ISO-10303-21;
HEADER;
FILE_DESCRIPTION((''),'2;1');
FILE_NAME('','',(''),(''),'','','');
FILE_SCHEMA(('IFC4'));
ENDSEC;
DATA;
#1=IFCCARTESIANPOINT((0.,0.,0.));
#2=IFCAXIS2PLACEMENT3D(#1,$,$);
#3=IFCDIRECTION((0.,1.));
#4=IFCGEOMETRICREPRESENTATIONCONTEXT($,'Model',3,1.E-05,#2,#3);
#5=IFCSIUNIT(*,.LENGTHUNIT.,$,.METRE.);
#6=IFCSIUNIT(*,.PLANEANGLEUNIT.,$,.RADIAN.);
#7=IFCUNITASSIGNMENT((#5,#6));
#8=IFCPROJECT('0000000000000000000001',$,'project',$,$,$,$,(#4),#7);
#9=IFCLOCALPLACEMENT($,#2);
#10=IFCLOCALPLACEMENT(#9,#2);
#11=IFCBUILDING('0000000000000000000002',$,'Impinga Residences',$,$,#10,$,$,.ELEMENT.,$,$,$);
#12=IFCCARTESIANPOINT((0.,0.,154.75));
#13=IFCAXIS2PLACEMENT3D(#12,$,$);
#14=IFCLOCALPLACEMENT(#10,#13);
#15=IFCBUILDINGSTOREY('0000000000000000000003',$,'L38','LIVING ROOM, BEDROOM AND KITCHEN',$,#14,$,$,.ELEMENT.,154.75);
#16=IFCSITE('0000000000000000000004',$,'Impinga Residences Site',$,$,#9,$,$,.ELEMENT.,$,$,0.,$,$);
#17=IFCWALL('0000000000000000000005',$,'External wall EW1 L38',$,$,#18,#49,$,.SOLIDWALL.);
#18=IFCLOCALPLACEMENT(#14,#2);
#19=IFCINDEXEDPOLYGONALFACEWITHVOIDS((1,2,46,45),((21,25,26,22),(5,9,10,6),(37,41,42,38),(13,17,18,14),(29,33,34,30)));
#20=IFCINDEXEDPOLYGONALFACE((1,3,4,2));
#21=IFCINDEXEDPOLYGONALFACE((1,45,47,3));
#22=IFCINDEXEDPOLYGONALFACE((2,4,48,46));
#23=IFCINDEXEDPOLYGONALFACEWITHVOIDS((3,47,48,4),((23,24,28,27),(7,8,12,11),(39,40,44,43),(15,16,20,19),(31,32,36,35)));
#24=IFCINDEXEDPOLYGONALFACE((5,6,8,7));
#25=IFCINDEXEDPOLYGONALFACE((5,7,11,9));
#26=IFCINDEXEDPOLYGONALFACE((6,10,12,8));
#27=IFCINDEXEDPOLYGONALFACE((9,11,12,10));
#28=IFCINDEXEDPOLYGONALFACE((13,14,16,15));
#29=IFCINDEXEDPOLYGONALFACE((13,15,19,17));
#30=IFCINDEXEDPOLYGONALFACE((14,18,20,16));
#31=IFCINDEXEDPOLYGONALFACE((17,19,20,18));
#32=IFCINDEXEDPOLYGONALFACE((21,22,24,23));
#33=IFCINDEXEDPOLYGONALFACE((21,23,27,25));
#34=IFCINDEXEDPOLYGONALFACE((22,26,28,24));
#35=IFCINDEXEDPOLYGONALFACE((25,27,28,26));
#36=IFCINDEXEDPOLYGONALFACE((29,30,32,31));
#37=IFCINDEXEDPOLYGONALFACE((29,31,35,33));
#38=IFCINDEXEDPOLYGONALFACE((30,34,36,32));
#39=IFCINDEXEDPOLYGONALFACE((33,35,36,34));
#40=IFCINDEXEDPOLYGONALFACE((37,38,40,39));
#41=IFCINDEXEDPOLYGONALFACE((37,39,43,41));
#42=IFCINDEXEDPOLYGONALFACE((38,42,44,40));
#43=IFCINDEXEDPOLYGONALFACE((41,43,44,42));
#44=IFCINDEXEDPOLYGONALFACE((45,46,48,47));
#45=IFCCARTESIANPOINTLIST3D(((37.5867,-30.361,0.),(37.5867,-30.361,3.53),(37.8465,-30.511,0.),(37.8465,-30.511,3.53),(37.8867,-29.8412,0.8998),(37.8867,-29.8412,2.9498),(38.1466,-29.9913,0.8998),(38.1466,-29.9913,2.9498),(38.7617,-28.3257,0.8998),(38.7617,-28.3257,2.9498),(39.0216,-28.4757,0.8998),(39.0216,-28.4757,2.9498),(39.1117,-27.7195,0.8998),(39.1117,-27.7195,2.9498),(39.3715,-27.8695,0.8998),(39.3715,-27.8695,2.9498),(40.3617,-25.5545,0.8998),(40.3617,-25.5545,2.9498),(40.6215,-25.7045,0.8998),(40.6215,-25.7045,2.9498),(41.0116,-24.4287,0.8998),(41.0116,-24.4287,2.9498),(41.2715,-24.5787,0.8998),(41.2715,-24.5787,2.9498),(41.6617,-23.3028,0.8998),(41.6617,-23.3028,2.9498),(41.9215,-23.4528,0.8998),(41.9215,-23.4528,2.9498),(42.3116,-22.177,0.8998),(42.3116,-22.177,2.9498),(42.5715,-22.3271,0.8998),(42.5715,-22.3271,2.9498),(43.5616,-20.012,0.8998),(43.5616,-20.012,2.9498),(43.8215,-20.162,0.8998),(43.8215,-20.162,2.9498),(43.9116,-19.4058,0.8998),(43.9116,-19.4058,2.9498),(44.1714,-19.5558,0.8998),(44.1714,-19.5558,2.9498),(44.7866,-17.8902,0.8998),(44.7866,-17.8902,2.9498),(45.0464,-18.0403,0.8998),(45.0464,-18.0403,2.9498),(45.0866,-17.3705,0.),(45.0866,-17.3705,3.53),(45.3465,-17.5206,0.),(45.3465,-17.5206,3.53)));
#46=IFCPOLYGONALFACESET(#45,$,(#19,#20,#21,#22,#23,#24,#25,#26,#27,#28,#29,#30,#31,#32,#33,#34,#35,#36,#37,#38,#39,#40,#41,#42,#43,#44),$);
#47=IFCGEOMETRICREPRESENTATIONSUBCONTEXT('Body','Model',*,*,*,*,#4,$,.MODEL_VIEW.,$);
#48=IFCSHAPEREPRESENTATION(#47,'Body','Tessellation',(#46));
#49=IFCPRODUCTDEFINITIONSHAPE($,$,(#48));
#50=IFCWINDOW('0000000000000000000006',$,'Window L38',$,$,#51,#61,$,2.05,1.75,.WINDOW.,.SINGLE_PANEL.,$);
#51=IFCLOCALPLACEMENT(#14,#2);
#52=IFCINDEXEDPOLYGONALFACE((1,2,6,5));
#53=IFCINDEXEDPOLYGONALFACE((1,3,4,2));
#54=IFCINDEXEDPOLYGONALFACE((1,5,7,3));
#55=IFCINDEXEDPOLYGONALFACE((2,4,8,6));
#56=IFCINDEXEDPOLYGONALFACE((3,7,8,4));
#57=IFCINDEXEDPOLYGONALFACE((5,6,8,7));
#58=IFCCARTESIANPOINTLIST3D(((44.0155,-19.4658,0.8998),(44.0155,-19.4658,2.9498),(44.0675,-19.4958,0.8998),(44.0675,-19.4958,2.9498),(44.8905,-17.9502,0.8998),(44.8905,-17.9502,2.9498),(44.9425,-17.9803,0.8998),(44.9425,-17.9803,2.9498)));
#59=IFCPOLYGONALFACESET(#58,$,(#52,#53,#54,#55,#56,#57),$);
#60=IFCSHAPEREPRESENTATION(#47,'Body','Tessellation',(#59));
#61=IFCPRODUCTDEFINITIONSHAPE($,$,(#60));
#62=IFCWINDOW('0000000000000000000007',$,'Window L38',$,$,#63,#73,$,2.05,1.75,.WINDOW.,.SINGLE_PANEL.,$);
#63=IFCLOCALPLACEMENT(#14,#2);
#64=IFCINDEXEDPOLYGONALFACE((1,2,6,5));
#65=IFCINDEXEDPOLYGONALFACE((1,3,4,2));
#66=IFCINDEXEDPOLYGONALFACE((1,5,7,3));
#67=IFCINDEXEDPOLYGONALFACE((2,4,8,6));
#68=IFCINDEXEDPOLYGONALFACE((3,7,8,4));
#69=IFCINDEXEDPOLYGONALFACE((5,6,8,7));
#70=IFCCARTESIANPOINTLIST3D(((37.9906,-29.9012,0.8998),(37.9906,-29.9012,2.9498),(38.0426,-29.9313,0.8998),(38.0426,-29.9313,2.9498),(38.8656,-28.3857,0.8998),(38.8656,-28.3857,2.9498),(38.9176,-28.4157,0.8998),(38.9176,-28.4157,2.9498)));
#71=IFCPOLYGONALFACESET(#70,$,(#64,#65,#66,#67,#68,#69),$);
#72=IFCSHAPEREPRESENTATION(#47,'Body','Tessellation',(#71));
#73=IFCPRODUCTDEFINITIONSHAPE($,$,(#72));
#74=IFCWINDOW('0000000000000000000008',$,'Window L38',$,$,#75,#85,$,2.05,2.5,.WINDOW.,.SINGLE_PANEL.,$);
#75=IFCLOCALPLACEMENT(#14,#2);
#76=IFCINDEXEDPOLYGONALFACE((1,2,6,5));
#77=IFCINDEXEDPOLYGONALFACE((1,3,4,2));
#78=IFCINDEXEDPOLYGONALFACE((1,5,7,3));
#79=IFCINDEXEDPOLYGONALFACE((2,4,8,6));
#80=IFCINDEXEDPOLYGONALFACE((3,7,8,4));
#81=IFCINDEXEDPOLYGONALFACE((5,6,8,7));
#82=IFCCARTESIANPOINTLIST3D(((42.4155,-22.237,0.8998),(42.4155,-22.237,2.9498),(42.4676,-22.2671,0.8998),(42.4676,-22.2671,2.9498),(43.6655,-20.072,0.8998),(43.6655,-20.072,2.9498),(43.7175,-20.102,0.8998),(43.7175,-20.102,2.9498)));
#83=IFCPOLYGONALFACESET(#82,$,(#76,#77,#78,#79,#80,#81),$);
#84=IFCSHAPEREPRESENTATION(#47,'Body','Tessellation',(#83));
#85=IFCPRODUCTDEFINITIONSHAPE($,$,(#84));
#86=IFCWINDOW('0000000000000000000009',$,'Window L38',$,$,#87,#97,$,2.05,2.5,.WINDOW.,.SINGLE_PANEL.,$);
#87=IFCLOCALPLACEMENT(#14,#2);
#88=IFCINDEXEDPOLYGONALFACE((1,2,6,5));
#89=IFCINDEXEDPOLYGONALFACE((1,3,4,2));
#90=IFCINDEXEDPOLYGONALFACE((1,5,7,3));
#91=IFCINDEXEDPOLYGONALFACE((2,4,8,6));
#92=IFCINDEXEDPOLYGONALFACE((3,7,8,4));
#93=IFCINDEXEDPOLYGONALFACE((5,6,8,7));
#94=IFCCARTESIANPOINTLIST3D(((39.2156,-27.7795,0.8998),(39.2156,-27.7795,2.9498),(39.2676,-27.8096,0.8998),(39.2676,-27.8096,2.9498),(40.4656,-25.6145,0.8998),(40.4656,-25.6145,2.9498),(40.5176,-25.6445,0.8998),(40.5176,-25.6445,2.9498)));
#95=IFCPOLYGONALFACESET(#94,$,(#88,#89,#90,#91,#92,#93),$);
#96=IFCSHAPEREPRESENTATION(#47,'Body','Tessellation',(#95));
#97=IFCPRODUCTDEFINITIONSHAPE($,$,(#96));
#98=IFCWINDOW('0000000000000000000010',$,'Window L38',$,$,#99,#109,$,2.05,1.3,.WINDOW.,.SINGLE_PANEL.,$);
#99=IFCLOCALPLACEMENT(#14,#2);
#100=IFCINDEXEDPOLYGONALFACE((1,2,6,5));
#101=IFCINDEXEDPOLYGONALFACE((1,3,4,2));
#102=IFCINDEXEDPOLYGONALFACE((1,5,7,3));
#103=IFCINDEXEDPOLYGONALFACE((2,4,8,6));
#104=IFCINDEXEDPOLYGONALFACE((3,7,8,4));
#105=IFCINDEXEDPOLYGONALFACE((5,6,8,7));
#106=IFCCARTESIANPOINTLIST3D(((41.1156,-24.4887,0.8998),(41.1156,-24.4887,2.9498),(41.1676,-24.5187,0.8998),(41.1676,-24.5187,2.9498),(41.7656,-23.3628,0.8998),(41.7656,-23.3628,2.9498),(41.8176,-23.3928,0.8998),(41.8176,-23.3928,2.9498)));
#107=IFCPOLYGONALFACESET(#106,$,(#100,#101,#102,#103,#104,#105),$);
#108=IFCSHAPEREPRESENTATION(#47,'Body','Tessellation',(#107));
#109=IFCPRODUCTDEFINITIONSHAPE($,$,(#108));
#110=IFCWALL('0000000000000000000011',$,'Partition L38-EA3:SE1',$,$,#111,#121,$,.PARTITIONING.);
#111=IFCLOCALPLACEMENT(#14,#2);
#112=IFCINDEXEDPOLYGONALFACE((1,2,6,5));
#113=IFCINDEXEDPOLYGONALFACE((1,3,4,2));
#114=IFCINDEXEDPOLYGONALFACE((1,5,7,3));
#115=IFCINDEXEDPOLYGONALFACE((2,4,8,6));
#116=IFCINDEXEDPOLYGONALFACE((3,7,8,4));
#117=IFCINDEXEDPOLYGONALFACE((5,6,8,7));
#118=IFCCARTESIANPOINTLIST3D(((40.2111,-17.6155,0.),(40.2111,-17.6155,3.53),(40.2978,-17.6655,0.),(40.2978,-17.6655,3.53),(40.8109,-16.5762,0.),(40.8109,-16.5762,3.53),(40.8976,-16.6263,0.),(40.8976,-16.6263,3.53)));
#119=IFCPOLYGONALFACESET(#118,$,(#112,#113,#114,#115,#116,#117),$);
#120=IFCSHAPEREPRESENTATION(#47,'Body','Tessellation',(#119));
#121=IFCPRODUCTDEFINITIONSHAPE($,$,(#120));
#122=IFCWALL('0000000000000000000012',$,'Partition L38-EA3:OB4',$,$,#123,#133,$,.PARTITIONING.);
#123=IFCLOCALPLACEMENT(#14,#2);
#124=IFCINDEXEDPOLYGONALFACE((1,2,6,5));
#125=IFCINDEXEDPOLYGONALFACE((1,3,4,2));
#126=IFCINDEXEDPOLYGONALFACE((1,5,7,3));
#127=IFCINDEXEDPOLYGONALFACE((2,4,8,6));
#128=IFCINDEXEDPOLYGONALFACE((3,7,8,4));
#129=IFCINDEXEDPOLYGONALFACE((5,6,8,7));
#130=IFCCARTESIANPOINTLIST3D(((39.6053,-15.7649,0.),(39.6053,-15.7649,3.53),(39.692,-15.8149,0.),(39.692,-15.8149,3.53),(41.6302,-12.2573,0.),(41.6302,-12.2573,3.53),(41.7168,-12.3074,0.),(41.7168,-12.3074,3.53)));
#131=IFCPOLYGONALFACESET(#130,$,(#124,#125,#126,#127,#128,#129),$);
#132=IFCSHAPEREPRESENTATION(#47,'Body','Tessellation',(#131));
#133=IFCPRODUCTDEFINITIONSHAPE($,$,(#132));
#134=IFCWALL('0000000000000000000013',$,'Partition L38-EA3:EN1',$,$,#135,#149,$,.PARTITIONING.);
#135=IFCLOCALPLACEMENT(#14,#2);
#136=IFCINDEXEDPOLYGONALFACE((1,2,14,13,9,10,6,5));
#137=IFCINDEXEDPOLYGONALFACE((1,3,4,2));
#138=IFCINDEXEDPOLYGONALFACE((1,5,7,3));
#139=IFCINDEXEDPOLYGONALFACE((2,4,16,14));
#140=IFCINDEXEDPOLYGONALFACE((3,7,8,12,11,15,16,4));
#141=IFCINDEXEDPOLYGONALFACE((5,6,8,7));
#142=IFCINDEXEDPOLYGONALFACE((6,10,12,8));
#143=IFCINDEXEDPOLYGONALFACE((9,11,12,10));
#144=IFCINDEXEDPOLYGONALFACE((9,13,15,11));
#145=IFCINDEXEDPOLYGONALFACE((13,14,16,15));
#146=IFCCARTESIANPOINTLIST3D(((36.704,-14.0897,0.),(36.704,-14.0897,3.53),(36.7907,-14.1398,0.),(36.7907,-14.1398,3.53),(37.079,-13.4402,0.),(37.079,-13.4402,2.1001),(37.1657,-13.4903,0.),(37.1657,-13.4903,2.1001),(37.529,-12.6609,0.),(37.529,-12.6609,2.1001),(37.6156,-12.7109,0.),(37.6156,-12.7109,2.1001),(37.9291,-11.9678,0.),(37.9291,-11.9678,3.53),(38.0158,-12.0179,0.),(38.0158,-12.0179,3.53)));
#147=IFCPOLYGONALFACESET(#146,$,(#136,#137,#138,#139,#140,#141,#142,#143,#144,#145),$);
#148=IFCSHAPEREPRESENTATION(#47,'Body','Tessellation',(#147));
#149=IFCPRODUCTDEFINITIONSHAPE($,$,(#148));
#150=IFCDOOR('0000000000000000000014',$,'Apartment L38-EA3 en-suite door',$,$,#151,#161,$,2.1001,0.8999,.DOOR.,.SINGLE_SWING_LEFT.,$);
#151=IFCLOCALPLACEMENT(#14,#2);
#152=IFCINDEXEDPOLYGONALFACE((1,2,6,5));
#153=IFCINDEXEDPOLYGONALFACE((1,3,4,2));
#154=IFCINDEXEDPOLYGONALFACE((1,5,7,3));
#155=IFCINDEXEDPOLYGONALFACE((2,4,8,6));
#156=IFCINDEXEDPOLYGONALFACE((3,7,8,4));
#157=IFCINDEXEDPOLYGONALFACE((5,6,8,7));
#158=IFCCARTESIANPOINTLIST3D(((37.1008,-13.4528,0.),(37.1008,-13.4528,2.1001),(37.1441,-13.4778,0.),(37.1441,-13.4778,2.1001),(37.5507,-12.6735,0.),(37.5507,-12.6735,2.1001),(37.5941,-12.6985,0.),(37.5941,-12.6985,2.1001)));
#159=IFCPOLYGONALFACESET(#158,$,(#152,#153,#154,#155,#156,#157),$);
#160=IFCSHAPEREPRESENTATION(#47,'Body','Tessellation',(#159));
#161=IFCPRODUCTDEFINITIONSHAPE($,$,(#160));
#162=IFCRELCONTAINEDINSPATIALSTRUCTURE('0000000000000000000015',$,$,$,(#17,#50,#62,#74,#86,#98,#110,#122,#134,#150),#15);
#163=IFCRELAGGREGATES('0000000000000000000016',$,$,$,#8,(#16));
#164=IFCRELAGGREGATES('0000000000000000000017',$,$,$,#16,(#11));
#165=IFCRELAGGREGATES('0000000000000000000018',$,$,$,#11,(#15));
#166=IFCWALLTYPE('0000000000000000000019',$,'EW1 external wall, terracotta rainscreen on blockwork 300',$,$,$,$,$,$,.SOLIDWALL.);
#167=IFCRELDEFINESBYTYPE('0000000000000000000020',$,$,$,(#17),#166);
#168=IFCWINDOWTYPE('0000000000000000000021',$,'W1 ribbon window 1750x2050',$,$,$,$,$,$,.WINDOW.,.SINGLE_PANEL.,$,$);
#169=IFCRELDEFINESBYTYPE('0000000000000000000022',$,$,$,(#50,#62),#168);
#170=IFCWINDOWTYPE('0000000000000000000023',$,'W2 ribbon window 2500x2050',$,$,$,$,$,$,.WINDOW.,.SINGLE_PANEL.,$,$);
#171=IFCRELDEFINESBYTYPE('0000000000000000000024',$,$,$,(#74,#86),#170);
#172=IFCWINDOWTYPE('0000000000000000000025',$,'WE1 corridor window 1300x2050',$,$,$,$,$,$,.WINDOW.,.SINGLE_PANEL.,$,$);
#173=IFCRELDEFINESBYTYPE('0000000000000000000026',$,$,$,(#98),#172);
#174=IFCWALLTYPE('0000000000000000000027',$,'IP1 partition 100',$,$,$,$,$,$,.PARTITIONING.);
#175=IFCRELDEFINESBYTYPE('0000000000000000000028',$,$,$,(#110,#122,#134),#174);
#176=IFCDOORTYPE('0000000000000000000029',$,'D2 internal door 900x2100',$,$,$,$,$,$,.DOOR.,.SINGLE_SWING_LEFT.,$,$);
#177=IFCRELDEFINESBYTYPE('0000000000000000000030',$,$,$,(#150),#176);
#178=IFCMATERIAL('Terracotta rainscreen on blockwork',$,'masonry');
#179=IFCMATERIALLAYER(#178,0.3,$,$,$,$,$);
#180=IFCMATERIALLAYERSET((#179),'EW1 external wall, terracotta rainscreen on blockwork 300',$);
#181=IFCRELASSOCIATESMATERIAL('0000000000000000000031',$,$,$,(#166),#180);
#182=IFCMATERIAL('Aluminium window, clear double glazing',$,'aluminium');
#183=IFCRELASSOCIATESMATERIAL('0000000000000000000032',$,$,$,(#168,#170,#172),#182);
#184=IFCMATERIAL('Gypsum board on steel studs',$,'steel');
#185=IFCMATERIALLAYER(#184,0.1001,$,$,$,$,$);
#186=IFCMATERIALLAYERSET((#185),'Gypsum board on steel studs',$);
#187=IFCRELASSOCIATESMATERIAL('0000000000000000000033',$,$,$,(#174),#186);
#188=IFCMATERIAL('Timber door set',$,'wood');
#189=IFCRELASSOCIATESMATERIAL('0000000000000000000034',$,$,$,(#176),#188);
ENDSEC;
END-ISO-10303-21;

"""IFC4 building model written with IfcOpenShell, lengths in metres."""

from ifc_helpers import new_model, si_unit, direction, frame, frame_2d, origin, place, context, subcontext, project, spatial, rectangle, extrude, material, layer, layer_set, type_object, element, fill, save


model = new_model("IFC4")

# Units and contexts
model_context = context("Model", 3, precision=1e-05, world=origin(), true_north=direction((0.0, 1.0)))
body_context = subcontext(model_context, "Body", "Model", "MODEL_VIEW")
ifc_project = project(units=[si_unit("LENGTHUNIT", "METRE"), si_unit("PLANEANGLEUNIT", "RADIAN")], contexts=[model_context])

# Site, building, storey
site_placement = place(None, origin())
site = spatial("IfcSite", under=ifc_project, at=site_placement, Name="Impinga Residences Site", CompositionType="ELEMENT", RefElevation=0.0)
building_placement = place(site_placement, origin())
building = spatial("IfcBuilding", under=site, at=building_placement, Name="Impinga Residences", CompositionType="ELEMENT")
storey_placement = place(building_placement, frame((0.0, 0.0, 154.75)))
storey = spatial("IfcBuildingStorey", under=building, at=storey_placement, Name="L38", Description="LIVING ROOM, BEDROOM AND KITCHEN", CompositionType="ELEMENT", Elevation=154.75)

# Shared definitions
ifc_material_1 = material(Name="Terracotta rainscreen on blockwork", Category="masonry")
ifc_layer_1 = layer(ifc_material_1, 0.3)
ifc_layer_set_1 = layer_set([ifc_layer_1], Name="EW1 external wall, terracotta rainscreen on blockwork 300")
wall_type_1 = type_object("IfcWallType", Name="EW1 external wall, terracotta rainscreen on blockwork 300", PredefinedType="SOLIDWALL", material=ifc_layer_set_1)

# Wall, openings, windows
wall_1_placement = place(storey_placement, frame((45.2166, -17.4456, 0.0), z_axis=(0.0, 0.0, 1.0), x_axis=(-0.499997, -0.866027, 0.0)))
wall_1 = element("IfcWall", 1, at=wall_1_placement, inside=storey, type_object=wall_type_1, Name="External wall EW1 L38", PredefinedType="SOLIDWALL", context=body_context, shape_type="SweptSolid", body=[
    extrude(rectangle(XDim=15.0, YDim=0.3, at=frame_2d((7.5, 0.0))), origin(), (0.0, 0.0, 1.0), 3.53),
])
opening_1_placement = place(wall_1_placement, frame((0.6001, 0.0, 0.8999)))
opening_1 = element("IfcOpeningElement", 2, at=opening_1_placement, cuts=wall_1, PredefinedType="OPENING", context=body_context, shape_type="SweptSolid", body=[
    extrude(rectangle(XDim=1.75, YDim=2.05, at=frame_2d((0.875, 1.0249))), frame((0.0, 0.1599, 0.0), z_axis=(0.0, -1.0, 0.0), x_axis=(1.0, 0.0, 0.0)), (0.0, 0.0, 1.0), 0.3201),
])
opening_2_placement = place(wall_1_placement, frame((3.05, 0.0, 0.8999)))
opening_2 = element("IfcOpeningElement", 3, at=opening_2_placement, cuts=wall_1, PredefinedType="OPENING", context=body_context, shape_type="SweptSolid", body=[
    extrude(rectangle(XDim=2.5, YDim=2.05, at=frame_2d((1.25, 1.0249))), frame((0.0, 0.1599, 0.0), z_axis=(0.0, -1.0, 0.0), x_axis=(1.0, 0.0, 0.0)), (0.0, 0.0, 1.0), 0.3201),
])
opening_3_placement = place(wall_1_placement, frame((6.8501, 0.0, 0.8999)))
opening_3 = element("IfcOpeningElement", 4, at=opening_3_placement, cuts=wall_1, PredefinedType="OPENING", context=body_context, shape_type="SweptSolid", body=[
    extrude(rectangle(XDim=1.3, YDim=2.05, at=frame_2d((0.6499, 1.0249))), frame((0.0, 0.1599, 0.0), z_axis=(0.0, -1.0, 0.0), x_axis=(1.0, 0.0, 0.0)), (0.0, 0.0, 1.0), 0.3201),
])
opening_4_placement = place(wall_1_placement, frame((9.45, 0.0, 0.8999)))
opening_4 = element("IfcOpeningElement", 5, at=opening_4_placement, cuts=wall_1, PredefinedType="OPENING", context=body_context, shape_type="SweptSolid", body=[
    extrude(rectangle(XDim=2.5, YDim=2.05, at=frame_2d((1.25, 1.0249))), frame((0.0, 0.1599, 0.0), z_axis=(0.0, -1.0, 0.0), x_axis=(1.0, 0.0, 0.0)), (0.0, 0.0, 1.0), 0.3201),
])
opening_5_placement = place(wall_1_placement, frame((12.6499, 0.0, 0.8999)))
opening_5 = element("IfcOpeningElement", 6, at=opening_5_placement, cuts=wall_1, PredefinedType="OPENING", context=body_context, shape_type="SweptSolid", body=[
    extrude(rectangle(XDim=1.75, YDim=2.05, at=frame_2d((0.875, 1.0249))), frame((0.0, 0.1599, 0.0), z_axis=(0.0, -1.0, 0.0), x_axis=(1.0, 0.0, 0.0)), (0.0, 0.0, 1.0), 0.3201),
])
ifc_material_2 = material(Name="Aluminium window, clear double glazing", Category="aluminium")
window_type_1 = type_object("IfcWindowType", Name="W1 ribbon window 1750x2050", PartitioningType="SINGLE_PANEL", PredefinedType="WINDOW", material=ifc_material_2)
window_1_placement = place(opening_1_placement, origin())
window_1 = element("IfcWindow", 7, at=window_1_placement, inside=storey, type_object=window_type_1, Name="Window L38", OverallHeight=2.05, OverallWidth=1.75, PartitioningType="SINGLE_PANEL", PredefinedType="WINDOW", context=body_context, shape_type="SweptSolid", body=[
    extrude(rectangle(XDim=1.75, YDim=2.05, at=frame_2d((0.875, 1.0249))), frame((0.0, 0.03, 0.0), z_axis=(0.0, -1.0, 0.0), x_axis=(1.0, 0.0, 0.0)), (0.0, 0.0, 1.0), 0.0601),
])
fill(opening_1, window_1)
window_2_placement = place(opening_5_placement, origin())
window_2 = element("IfcWindow", 8, at=window_2_placement, inside=storey, type_object=window_type_1, Name="Window L38", OverallHeight=2.05, OverallWidth=1.75, PartitioningType="SINGLE_PANEL", PredefinedType="WINDOW", context=body_context, shape_type="SweptSolid", body=[
    extrude(rectangle(XDim=1.75, YDim=2.05, at=frame_2d((0.875, 1.0249))), frame((0.0, 0.03, 0.0), z_axis=(0.0, -1.0, 0.0), x_axis=(1.0, 0.0, 0.0)), (0.0, 0.0, 1.0), 0.0601),
])
fill(opening_5, window_2)
window_type_2 = type_object("IfcWindowType", Name="W2 ribbon window 2500x2050", PartitioningType="SINGLE_PANEL", PredefinedType="WINDOW", material=ifc_material_2)
window_3_placement = place(opening_2_placement, origin())
window_3 = element("IfcWindow", 9, at=window_3_placement, inside=storey, type_object=window_type_2, Name="Window L38", OverallHeight=2.05, OverallWidth=2.5, PartitioningType="SINGLE_PANEL", PredefinedType="WINDOW", context=body_context, shape_type="SweptSolid", body=[
    extrude(rectangle(XDim=2.5, YDim=2.05, at=frame_2d((1.25, 1.0249))), frame((0.0, 0.03, 0.0), z_axis=(0.0, -1.0, 0.0), x_axis=(1.0, 0.0, 0.0)), (0.0, 0.0, 1.0), 0.0601),
])
fill(opening_2, window_3)
window_4_placement = place(opening_4_placement, origin())
window_4 = element("IfcWindow", 10, at=window_4_placement, inside=storey, type_object=window_type_2, Name="Window L38", OverallHeight=2.05, OverallWidth=2.5, PartitioningType="SINGLE_PANEL", PredefinedType="WINDOW", context=body_context, shape_type="SweptSolid", body=[
    extrude(rectangle(XDim=2.5, YDim=2.05, at=frame_2d((1.25, 1.0249))), frame((0.0, 0.03, 0.0), z_axis=(0.0, -1.0, 0.0), x_axis=(1.0, 0.0, 0.0)), (0.0, 0.0, 1.0), 0.0601),
])
fill(opening_4, window_4)
window_type_3 = type_object("IfcWindowType", Name="WE1 corridor window 1300x2050", PartitioningType="SINGLE_PANEL", PredefinedType="WINDOW", material=ifc_material_2)
window_5_placement = place(opening_3_placement, origin())
window_5 = element("IfcWindow", 11, at=window_5_placement, inside=storey, type_object=window_type_3, Name="Window L38", OverallHeight=2.05, OverallWidth=1.3, PartitioningType="SINGLE_PANEL", PredefinedType="WINDOW", context=body_context, shape_type="SweptSolid", body=[
    extrude(rectangle(XDim=1.3, YDim=2.05, at=frame_2d((0.6499, 1.0249))), frame((0.0, 0.03, 0.0), z_axis=(0.0, -1.0, 0.0), x_axis=(1.0, 0.0, 0.0)), (0.0, 0.0, 1.0), 0.0601),
])
fill(opening_3, window_5)

# Walls
ifc_material_3 = material(Name="Gypsum board on steel studs", Category="steel")
ifc_layer_2 = layer(ifc_material_3, 0.1001)
ifc_layer_set_2 = layer_set([ifc_layer_2], Name="Gypsum board on steel studs")
wall_type_2 = type_object("IfcWallType", Name="IP1 partition 100", PredefinedType="PARTITIONING", material=ifc_layer_set_2)
wall_2_placement = place(storey_placement, frame((40.2544, -17.6406, 0.0), z_axis=(0.0, 0.0, 1.0), x_axis=(0.499881, 0.866094, 0.0)))
element("IfcWall", 12, at=wall_2_placement, inside=storey, type_object=wall_type_2, Name="Partition L38-EA3:SE1", PredefinedType="PARTITIONING", context=body_context, shape_type="SweptSolid", body=[
    extrude(rectangle(XDim=1.2, YDim=0.1001, at=frame_2d((0.6001, 0.0))), origin(), (0.0, 0.0, 1.0), 3.53),
])
wall_3_placement = place(storey_placement, frame((39.6487, -15.7898, 0.0), z_axis=(0.0, 0.0, 1.0), x_axis=(0.499964, 0.866046, 0.0)))
element("IfcWall", 13, at=wall_3_placement, inside=storey, type_object=wall_type_2, Name="Partition L38-EA3:OB4", PredefinedType="PARTITIONING", context=body_context, shape_type="SweptSolid", body=[
    extrude(rectangle(XDim=4.05, YDim=0.1001, at=frame_2d((2.0249, 0.0))), origin(), (0.0, 0.0, 1.0), 3.53),
])

# Wall, opening, door
wall_4_placement = place(storey_placement, frame((36.7473, -14.1147, 0.0), z_axis=(0.0, 0.0, 1.0), x_axis=(0.500019, 0.866015, 0.0)))
wall_4 = element("IfcWall", 14, at=wall_4_placement, inside=storey, type_object=wall_type_2, Name="Partition L38-EA3:EN1", PredefinedType="PARTITIONING", context=body_context, shape_type="SweptSolid", body=[
    extrude(rectangle(XDim=2.4502, YDim=0.1001, at=frame_2d((1.2251, 0.0))), origin(), (0.0, 0.0, 1.0), 3.53),
])
opening_6_placement = place(wall_4_placement, frame((0.75, 0.0, 0.0)))
opening_6 = element("IfcOpeningElement", 15, at=opening_6_placement, cuts=wall_4, PredefinedType="OPENING", context=body_context, shape_type="SweptSolid", body=[
    extrude(rectangle(XDim=0.8999, YDim=2.1001, at=frame_2d((0.45, 1.05))), frame((0.0, 0.0601, 0.0), z_axis=(0.0, -1.0, 0.0), x_axis=(1.0, 0.0, 0.0)), (0.0, 0.0, 1.0), 0.1201),
])
ifc_material_4 = material(Name="Timber door set", Category="wood")
door_type = type_object("IfcDoorType", Name="D2 internal door 900x2100", OperationType="SINGLE_SWING_LEFT", PredefinedType="DOOR", material=ifc_material_4)
door_placement = place(opening_6_placement, origin())
door = element("IfcDoor", 16, at=door_placement, inside=storey, type_object=door_type, Name="Apartment L38-EA3 en-suite door", OperationType="SINGLE_SWING_LEFT", OverallHeight=2.1001, OverallWidth=0.8999, PredefinedType="DOOR", context=body_context, shape_type="SweptSolid", body=[
    extrude(rectangle(XDim=0.8999, YDim=2.1001, at=frame_2d((0.45, 1.05))), frame((0.0, 0.0249, 0.0), z_axis=(0.0, -1.0, 0.0), x_axis=(1.0, 0.0, 0.0)), (0.0, 0.0, 1.0), 0.05),
])
fill(opening_6, door)

save(model, "model.ifc")
